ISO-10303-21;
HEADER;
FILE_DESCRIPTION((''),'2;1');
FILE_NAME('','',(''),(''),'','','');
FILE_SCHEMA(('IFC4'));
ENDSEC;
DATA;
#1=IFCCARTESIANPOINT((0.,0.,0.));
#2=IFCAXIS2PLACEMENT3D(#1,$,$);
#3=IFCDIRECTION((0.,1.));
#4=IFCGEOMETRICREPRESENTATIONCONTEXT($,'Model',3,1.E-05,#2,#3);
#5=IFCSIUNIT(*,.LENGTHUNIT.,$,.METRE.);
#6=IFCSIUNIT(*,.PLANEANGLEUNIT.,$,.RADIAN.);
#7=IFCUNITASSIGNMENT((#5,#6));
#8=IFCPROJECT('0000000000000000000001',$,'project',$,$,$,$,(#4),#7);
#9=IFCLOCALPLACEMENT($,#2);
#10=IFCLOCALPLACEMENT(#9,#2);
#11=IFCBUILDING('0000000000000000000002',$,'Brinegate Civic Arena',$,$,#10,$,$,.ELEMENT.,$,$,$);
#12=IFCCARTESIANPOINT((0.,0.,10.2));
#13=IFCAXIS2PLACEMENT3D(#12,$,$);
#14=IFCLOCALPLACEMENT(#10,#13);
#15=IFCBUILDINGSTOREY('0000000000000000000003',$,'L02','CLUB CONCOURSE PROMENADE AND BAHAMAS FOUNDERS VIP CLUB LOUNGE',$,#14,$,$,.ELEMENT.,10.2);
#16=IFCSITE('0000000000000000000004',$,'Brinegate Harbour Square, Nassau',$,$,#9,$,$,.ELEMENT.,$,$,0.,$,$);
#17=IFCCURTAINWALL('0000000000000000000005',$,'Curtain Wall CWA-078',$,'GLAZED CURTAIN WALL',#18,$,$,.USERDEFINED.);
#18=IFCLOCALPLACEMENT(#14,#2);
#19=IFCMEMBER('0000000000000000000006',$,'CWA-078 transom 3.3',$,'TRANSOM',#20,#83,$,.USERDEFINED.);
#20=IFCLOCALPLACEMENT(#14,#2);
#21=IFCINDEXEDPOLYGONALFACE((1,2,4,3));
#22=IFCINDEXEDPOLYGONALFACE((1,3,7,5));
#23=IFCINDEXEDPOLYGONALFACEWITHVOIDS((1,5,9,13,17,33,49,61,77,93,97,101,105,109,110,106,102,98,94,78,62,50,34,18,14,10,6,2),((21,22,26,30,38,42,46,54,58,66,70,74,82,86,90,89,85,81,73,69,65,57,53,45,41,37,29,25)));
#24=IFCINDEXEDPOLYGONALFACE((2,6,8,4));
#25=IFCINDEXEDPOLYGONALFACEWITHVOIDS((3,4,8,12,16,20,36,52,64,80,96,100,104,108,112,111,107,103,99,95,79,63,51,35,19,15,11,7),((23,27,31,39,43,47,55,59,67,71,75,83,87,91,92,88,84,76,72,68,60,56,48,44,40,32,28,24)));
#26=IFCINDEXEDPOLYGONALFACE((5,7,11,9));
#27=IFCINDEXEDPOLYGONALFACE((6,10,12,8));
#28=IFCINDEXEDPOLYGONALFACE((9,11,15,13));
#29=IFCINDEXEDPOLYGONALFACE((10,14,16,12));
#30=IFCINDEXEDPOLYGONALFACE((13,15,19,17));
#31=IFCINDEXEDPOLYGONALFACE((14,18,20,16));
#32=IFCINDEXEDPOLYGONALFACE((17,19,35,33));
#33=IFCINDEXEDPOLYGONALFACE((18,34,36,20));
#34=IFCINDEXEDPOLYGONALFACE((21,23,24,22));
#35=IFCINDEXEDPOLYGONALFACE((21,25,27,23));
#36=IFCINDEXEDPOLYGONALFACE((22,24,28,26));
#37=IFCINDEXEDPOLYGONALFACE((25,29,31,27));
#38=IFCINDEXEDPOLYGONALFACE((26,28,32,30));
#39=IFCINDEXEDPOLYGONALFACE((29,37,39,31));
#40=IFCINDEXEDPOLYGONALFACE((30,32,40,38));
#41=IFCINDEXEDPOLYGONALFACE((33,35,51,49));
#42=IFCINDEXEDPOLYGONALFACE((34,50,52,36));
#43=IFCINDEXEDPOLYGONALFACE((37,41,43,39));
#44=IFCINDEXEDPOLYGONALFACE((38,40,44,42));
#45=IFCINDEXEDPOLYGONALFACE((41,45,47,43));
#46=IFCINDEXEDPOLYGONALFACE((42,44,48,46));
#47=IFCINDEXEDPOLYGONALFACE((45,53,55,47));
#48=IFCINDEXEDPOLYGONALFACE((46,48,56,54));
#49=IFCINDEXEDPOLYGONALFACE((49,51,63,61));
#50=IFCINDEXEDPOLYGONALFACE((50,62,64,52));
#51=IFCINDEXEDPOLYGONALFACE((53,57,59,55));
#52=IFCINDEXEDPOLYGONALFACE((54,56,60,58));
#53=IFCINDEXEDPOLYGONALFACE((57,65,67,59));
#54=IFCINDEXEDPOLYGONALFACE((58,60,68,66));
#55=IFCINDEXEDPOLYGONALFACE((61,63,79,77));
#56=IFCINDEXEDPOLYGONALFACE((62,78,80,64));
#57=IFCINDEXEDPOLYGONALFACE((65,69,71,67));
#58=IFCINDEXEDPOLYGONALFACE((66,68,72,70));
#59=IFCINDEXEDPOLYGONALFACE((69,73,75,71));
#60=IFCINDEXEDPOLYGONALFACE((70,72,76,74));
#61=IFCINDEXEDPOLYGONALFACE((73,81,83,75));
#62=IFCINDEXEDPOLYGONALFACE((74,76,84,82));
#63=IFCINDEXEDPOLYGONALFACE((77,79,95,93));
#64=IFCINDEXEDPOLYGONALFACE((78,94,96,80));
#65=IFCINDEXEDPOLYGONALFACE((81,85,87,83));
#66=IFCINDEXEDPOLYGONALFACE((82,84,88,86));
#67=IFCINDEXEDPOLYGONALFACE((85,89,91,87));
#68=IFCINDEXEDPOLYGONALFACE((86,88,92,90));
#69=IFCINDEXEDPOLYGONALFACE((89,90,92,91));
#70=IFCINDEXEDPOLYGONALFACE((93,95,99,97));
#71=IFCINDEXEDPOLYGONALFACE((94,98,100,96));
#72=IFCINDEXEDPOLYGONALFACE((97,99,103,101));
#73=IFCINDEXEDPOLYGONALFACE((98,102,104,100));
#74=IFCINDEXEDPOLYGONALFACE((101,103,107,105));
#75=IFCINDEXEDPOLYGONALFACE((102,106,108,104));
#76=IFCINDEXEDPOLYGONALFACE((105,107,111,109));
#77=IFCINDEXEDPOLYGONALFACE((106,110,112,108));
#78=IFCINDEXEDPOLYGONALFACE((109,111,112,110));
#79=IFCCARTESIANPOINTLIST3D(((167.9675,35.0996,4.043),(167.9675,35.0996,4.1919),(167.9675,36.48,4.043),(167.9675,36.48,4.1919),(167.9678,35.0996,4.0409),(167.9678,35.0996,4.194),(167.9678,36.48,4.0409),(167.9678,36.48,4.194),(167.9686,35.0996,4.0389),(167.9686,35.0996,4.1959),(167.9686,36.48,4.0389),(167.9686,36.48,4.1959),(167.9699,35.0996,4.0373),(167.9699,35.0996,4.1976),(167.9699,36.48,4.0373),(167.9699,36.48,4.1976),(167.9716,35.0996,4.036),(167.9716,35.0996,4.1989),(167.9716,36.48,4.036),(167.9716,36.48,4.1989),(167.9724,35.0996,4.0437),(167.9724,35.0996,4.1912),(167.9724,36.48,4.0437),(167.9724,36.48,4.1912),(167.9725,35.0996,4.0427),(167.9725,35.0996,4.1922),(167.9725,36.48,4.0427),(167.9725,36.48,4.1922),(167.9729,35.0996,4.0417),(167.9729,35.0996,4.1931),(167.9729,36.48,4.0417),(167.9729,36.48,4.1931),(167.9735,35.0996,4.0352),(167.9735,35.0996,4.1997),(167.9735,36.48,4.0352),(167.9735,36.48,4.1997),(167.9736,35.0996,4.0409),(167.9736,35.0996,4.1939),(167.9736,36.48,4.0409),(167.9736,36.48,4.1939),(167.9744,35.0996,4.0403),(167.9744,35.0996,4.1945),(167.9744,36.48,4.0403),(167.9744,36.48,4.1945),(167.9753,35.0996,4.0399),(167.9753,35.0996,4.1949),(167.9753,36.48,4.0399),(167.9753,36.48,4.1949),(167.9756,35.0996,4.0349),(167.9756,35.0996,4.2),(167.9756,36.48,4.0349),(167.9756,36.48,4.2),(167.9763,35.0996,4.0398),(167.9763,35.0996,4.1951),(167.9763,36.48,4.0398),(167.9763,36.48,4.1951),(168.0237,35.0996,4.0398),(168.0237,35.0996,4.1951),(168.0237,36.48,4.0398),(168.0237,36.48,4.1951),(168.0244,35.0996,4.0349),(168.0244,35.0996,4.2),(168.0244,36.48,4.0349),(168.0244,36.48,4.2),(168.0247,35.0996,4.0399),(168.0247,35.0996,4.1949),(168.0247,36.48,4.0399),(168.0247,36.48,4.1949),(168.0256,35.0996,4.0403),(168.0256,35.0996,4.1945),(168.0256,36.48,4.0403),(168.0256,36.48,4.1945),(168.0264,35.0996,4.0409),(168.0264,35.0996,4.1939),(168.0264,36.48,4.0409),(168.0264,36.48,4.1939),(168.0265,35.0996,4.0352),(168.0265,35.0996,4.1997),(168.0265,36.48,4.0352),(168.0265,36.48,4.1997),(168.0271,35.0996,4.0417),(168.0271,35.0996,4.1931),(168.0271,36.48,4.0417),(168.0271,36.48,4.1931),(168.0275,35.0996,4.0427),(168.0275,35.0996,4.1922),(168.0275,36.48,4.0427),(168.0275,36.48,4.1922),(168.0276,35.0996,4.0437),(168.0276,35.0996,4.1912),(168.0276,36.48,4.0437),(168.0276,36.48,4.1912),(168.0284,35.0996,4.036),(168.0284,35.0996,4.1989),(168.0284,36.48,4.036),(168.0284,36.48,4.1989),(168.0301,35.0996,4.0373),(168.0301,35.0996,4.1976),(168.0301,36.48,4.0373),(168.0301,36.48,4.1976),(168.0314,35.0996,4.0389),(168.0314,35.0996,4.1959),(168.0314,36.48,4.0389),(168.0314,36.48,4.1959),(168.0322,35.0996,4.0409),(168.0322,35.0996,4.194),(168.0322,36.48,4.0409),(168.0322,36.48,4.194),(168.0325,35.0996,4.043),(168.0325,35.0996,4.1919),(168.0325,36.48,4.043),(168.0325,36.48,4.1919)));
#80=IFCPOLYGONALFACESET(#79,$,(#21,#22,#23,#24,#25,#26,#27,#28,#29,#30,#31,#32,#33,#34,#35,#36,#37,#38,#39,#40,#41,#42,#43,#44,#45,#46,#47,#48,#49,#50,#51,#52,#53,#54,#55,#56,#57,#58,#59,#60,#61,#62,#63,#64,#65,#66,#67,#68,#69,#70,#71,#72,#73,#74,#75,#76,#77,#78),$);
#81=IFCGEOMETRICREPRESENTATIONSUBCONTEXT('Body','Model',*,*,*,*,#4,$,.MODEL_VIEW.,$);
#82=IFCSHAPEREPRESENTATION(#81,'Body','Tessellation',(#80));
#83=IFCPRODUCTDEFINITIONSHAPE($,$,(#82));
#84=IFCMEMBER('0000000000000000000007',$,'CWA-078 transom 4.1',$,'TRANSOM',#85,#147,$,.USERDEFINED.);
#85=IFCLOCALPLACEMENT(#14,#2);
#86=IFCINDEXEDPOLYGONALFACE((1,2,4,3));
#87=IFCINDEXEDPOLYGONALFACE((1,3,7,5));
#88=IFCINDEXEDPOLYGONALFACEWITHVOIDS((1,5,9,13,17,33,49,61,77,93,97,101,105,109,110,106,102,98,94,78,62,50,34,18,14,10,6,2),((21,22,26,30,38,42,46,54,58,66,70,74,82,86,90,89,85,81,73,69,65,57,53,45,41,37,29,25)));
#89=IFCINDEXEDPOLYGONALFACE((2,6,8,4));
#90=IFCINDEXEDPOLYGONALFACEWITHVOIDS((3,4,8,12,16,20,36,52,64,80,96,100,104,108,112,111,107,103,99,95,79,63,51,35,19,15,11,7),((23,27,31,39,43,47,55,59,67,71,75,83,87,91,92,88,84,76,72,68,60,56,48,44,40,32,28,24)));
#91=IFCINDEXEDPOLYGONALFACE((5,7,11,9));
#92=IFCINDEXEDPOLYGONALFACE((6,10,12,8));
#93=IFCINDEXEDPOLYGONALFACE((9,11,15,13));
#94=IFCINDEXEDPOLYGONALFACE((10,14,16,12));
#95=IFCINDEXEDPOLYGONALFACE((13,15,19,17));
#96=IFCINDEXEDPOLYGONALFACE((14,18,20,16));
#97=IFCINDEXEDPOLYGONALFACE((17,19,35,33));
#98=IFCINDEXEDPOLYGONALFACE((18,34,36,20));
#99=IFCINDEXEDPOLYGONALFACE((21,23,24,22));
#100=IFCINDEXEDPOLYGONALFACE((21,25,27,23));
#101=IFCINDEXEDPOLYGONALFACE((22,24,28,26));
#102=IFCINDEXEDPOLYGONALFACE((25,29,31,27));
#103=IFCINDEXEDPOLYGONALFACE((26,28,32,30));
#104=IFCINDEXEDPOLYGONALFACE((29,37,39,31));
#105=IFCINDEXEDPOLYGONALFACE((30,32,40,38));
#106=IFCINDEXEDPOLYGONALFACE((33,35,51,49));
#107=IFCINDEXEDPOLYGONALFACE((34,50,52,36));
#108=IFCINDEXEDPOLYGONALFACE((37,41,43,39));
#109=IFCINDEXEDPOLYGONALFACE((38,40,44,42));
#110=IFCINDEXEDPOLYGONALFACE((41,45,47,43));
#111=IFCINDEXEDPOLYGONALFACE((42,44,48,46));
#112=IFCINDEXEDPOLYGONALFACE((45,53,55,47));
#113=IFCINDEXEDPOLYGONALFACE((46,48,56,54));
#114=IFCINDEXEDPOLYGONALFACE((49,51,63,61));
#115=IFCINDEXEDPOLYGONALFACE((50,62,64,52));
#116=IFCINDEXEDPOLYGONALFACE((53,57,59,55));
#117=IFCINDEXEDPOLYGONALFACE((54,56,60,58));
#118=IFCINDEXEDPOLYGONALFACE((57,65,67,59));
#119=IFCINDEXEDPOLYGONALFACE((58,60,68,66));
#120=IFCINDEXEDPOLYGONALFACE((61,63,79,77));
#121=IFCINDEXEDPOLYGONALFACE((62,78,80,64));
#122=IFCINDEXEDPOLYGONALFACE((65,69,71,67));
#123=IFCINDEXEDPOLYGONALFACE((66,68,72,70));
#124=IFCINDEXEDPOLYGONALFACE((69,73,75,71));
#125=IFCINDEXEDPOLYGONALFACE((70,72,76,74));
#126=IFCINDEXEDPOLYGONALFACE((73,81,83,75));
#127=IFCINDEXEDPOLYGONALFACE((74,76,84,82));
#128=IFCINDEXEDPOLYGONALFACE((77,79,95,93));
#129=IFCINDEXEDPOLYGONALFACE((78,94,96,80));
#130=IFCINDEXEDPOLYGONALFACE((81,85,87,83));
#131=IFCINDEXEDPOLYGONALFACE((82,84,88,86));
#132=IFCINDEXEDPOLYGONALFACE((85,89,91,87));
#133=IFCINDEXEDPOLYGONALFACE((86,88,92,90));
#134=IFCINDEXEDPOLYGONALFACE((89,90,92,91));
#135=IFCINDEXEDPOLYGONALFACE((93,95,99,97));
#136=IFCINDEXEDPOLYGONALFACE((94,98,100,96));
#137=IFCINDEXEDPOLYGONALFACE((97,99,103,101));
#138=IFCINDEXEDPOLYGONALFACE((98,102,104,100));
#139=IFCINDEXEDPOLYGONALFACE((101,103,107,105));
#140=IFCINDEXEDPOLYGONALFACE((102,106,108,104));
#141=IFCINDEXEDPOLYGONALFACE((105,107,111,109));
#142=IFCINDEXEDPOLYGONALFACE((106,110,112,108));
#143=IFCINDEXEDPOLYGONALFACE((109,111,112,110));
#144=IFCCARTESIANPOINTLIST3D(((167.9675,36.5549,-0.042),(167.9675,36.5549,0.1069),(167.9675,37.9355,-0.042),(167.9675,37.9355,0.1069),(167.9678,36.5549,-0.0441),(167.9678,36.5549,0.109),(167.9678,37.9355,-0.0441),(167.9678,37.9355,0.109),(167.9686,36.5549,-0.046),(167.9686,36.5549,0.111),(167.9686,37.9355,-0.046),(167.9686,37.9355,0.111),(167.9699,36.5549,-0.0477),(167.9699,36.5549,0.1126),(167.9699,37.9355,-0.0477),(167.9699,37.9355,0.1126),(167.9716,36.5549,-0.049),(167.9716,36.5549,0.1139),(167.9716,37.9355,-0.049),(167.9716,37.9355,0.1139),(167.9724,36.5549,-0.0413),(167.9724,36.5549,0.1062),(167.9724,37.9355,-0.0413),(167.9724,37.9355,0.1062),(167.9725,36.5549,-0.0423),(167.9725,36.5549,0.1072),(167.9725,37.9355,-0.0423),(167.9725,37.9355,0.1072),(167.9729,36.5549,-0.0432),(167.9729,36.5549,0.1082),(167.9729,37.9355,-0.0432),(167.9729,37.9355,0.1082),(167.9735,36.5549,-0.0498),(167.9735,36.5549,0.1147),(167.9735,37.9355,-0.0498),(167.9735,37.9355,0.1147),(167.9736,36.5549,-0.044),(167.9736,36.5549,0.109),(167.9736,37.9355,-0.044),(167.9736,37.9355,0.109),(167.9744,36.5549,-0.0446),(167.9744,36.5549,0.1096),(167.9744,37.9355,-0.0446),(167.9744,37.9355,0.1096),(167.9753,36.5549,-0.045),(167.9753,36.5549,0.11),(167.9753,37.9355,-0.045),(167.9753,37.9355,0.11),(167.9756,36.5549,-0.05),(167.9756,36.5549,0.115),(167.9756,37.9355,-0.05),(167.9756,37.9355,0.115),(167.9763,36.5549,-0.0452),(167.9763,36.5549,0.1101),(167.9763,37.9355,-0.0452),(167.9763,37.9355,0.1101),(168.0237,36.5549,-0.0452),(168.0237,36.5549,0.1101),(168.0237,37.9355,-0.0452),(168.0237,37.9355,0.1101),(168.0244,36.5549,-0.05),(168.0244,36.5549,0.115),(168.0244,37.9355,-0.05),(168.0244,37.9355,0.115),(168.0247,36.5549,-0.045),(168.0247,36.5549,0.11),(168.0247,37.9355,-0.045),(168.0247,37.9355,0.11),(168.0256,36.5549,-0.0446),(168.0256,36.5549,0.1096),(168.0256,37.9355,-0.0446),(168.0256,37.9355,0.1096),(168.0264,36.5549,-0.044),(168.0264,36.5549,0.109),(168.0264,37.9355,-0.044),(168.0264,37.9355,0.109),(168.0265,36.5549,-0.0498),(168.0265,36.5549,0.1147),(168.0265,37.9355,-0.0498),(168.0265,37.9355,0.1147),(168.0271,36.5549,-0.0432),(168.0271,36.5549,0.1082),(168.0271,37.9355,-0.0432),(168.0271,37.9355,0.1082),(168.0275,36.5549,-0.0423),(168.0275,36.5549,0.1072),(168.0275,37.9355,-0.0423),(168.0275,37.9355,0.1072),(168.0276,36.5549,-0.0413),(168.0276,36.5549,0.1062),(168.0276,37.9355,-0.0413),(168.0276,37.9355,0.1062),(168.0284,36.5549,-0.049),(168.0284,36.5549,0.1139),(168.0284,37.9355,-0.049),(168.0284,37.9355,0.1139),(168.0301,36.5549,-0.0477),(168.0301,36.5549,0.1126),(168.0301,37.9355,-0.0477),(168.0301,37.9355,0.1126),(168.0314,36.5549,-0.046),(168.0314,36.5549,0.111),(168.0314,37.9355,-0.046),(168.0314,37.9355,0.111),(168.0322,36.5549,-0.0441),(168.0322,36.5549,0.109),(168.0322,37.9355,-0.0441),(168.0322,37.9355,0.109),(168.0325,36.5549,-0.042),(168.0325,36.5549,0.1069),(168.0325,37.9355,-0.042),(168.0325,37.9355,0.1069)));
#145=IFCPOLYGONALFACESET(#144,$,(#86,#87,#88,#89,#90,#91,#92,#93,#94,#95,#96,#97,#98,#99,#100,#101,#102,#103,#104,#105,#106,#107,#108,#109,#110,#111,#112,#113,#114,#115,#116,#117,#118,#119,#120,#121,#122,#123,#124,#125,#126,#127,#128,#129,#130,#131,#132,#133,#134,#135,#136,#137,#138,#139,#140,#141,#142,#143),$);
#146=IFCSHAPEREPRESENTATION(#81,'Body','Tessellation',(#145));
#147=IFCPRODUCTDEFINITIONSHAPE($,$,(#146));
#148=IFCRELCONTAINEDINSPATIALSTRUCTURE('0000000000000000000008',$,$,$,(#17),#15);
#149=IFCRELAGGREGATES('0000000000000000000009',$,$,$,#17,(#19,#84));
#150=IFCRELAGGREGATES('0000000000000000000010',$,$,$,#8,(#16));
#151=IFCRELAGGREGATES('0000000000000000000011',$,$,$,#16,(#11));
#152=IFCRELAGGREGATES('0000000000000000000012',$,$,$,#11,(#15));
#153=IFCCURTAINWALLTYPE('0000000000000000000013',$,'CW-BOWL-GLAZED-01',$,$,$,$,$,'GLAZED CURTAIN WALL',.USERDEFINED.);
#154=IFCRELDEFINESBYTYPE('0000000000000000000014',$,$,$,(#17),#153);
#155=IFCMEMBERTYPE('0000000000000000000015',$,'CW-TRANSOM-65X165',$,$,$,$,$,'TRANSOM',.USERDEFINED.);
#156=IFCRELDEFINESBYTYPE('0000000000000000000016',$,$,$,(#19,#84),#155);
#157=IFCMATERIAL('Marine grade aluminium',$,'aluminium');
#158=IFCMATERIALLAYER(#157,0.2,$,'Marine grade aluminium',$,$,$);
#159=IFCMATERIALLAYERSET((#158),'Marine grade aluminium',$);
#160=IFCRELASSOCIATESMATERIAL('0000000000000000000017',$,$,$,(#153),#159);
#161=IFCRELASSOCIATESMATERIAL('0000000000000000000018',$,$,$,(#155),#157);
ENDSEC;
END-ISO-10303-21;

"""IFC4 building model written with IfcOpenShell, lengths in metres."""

from ifc_helpers import new_model, si_unit, direction, frame, origin, origin_2d, place, context, subcontext, project, spatial, hollow_rectangle, extrude, material, layer, layer_set, material_profile, profile_set, type_object, element, aggregate, save


model = new_model("IFC4")

# Units and contexts
model_context = context("Model", 3, precision=1e-05, world=origin(), true_north=direction((0.0, 1.0)))
body_context = subcontext(model_context, "Body", "Model", "MODEL_VIEW")
ifc_project = project(units=[si_unit("LENGTHUNIT", "METRE"), si_unit("PLANEANGLEUNIT", "RADIAN")], contexts=[model_context])

# Site, building, storey
site_placement = place(None, origin())
site = spatial("IfcSite", under=ifc_project, at=site_placement, Name="Brinegate Harbour Square, Nassau", CompositionType="ELEMENT", RefElevation=0.0)
building_placement = place(site_placement, origin())
building = spatial("IfcBuilding", under=site, at=building_placement, Name="Brinegate Civic Arena", CompositionType="ELEMENT")
storey_placement = place(building_placement, frame((0.0, 0.0, 10.2)))
storey = spatial("IfcBuildingStorey", under=building, at=storey_placement, Name="L02", Description="CLUB CONCOURSE PROMENADE AND BAHAMAS FOUNDERS VIP CLUB LOUNGE", CompositionType="ELEMENT", Elevation=10.2)

# Curtain wall
ifc_material_1 = material(Name="Marine grade aluminium", Category="aluminium")
ifc_layer_1 = layer(ifc_material_1, 0.2, Name="Marine grade aluminium")
ifc_layer_set_1 = layer_set([ifc_layer_1], Name="Marine grade aluminium")
curtain_wall_type = type_object("IfcCurtainWallType", Name="CW-BOWL-GLAZED-01", ElementType="GLAZED CURTAIN WALL", PredefinedType="USERDEFINED", material=ifc_layer_set_1)
curtain_wall_1_placement = place(storey_placement, origin())
curtain_wall_1 = element("IfcCurtainWall", 1, at=curtain_wall_1_placement, inside=storey, type_object=curtain_wall_type, Name="Curtain Wall CWA-078", ObjectType="GLAZED CURTAIN WALL", PredefinedType="USERDEFINED")

# Members
ifc_material_profile_1 = material_profile(ifc_material_1, hollow_rectangle(XDim=0.0649, YDim=0.165, WallThickness=0.0049, InnerFilletRadius=0.0039, OuterFilletRadius=0.0081, at=origin_2d()), Name="TRN65X165")
ifc_profile_set_1 = profile_set([ifc_material_profile_1], Name="Marine grade aluminium")
member_type_1 = type_object("IfcMemberType", Name="CW-TRANSOM-65X165", ElementType="TRANSOM", PredefinedType="USERDEFINED", material=ifc_profile_set_1)
member_1_placement = place(storey_placement, frame((168.0, 35.0996, 4.1174), z_axis=(0.0, 1.0, 0.0), x_axis=(-1.0, 0.0, 0.0)))
member_1 = element("IfcMember", 2, at=member_1_placement, type_object=member_type_1, Name="CWA-078 transom 3.3", ObjectType="TRANSOM", PredefinedType="USERDEFINED", context=body_context, shape_type="SweptSolid", body=[
    extrude(hollow_rectangle(XDim=0.0649, YDim=0.165, WallThickness=0.0049, InnerFilletRadius=0.0039, OuterFilletRadius=0.0081, at=origin_2d()), origin(), (0.0, 0.0, 1.0), 1.3804),
])
member_2_placement = place(storey_placement, frame((168.0, 36.5549, 0.0325), z_axis=(0.0, 1.0, 0.0), x_axis=(-1.0, 0.0, 0.0)))
member_2 = element("IfcMember", 3, at=member_2_placement, type_object=member_type_1, Name="CWA-078 transom 4.1", ObjectType="TRANSOM", PredefinedType="USERDEFINED", context=body_context, shape_type="SweptSolid", body=[
    extrude(hollow_rectangle(XDim=0.0649, YDim=0.165, WallThickness=0.0049, InnerFilletRadius=0.0039, OuterFilletRadius=0.0081, at=origin_2d()), origin(), (0.0, 0.0, 1.0), 1.3806),
])

aggregate(curtain_wall_1, [member_1, member_2])

save(model, "model.ifc")
